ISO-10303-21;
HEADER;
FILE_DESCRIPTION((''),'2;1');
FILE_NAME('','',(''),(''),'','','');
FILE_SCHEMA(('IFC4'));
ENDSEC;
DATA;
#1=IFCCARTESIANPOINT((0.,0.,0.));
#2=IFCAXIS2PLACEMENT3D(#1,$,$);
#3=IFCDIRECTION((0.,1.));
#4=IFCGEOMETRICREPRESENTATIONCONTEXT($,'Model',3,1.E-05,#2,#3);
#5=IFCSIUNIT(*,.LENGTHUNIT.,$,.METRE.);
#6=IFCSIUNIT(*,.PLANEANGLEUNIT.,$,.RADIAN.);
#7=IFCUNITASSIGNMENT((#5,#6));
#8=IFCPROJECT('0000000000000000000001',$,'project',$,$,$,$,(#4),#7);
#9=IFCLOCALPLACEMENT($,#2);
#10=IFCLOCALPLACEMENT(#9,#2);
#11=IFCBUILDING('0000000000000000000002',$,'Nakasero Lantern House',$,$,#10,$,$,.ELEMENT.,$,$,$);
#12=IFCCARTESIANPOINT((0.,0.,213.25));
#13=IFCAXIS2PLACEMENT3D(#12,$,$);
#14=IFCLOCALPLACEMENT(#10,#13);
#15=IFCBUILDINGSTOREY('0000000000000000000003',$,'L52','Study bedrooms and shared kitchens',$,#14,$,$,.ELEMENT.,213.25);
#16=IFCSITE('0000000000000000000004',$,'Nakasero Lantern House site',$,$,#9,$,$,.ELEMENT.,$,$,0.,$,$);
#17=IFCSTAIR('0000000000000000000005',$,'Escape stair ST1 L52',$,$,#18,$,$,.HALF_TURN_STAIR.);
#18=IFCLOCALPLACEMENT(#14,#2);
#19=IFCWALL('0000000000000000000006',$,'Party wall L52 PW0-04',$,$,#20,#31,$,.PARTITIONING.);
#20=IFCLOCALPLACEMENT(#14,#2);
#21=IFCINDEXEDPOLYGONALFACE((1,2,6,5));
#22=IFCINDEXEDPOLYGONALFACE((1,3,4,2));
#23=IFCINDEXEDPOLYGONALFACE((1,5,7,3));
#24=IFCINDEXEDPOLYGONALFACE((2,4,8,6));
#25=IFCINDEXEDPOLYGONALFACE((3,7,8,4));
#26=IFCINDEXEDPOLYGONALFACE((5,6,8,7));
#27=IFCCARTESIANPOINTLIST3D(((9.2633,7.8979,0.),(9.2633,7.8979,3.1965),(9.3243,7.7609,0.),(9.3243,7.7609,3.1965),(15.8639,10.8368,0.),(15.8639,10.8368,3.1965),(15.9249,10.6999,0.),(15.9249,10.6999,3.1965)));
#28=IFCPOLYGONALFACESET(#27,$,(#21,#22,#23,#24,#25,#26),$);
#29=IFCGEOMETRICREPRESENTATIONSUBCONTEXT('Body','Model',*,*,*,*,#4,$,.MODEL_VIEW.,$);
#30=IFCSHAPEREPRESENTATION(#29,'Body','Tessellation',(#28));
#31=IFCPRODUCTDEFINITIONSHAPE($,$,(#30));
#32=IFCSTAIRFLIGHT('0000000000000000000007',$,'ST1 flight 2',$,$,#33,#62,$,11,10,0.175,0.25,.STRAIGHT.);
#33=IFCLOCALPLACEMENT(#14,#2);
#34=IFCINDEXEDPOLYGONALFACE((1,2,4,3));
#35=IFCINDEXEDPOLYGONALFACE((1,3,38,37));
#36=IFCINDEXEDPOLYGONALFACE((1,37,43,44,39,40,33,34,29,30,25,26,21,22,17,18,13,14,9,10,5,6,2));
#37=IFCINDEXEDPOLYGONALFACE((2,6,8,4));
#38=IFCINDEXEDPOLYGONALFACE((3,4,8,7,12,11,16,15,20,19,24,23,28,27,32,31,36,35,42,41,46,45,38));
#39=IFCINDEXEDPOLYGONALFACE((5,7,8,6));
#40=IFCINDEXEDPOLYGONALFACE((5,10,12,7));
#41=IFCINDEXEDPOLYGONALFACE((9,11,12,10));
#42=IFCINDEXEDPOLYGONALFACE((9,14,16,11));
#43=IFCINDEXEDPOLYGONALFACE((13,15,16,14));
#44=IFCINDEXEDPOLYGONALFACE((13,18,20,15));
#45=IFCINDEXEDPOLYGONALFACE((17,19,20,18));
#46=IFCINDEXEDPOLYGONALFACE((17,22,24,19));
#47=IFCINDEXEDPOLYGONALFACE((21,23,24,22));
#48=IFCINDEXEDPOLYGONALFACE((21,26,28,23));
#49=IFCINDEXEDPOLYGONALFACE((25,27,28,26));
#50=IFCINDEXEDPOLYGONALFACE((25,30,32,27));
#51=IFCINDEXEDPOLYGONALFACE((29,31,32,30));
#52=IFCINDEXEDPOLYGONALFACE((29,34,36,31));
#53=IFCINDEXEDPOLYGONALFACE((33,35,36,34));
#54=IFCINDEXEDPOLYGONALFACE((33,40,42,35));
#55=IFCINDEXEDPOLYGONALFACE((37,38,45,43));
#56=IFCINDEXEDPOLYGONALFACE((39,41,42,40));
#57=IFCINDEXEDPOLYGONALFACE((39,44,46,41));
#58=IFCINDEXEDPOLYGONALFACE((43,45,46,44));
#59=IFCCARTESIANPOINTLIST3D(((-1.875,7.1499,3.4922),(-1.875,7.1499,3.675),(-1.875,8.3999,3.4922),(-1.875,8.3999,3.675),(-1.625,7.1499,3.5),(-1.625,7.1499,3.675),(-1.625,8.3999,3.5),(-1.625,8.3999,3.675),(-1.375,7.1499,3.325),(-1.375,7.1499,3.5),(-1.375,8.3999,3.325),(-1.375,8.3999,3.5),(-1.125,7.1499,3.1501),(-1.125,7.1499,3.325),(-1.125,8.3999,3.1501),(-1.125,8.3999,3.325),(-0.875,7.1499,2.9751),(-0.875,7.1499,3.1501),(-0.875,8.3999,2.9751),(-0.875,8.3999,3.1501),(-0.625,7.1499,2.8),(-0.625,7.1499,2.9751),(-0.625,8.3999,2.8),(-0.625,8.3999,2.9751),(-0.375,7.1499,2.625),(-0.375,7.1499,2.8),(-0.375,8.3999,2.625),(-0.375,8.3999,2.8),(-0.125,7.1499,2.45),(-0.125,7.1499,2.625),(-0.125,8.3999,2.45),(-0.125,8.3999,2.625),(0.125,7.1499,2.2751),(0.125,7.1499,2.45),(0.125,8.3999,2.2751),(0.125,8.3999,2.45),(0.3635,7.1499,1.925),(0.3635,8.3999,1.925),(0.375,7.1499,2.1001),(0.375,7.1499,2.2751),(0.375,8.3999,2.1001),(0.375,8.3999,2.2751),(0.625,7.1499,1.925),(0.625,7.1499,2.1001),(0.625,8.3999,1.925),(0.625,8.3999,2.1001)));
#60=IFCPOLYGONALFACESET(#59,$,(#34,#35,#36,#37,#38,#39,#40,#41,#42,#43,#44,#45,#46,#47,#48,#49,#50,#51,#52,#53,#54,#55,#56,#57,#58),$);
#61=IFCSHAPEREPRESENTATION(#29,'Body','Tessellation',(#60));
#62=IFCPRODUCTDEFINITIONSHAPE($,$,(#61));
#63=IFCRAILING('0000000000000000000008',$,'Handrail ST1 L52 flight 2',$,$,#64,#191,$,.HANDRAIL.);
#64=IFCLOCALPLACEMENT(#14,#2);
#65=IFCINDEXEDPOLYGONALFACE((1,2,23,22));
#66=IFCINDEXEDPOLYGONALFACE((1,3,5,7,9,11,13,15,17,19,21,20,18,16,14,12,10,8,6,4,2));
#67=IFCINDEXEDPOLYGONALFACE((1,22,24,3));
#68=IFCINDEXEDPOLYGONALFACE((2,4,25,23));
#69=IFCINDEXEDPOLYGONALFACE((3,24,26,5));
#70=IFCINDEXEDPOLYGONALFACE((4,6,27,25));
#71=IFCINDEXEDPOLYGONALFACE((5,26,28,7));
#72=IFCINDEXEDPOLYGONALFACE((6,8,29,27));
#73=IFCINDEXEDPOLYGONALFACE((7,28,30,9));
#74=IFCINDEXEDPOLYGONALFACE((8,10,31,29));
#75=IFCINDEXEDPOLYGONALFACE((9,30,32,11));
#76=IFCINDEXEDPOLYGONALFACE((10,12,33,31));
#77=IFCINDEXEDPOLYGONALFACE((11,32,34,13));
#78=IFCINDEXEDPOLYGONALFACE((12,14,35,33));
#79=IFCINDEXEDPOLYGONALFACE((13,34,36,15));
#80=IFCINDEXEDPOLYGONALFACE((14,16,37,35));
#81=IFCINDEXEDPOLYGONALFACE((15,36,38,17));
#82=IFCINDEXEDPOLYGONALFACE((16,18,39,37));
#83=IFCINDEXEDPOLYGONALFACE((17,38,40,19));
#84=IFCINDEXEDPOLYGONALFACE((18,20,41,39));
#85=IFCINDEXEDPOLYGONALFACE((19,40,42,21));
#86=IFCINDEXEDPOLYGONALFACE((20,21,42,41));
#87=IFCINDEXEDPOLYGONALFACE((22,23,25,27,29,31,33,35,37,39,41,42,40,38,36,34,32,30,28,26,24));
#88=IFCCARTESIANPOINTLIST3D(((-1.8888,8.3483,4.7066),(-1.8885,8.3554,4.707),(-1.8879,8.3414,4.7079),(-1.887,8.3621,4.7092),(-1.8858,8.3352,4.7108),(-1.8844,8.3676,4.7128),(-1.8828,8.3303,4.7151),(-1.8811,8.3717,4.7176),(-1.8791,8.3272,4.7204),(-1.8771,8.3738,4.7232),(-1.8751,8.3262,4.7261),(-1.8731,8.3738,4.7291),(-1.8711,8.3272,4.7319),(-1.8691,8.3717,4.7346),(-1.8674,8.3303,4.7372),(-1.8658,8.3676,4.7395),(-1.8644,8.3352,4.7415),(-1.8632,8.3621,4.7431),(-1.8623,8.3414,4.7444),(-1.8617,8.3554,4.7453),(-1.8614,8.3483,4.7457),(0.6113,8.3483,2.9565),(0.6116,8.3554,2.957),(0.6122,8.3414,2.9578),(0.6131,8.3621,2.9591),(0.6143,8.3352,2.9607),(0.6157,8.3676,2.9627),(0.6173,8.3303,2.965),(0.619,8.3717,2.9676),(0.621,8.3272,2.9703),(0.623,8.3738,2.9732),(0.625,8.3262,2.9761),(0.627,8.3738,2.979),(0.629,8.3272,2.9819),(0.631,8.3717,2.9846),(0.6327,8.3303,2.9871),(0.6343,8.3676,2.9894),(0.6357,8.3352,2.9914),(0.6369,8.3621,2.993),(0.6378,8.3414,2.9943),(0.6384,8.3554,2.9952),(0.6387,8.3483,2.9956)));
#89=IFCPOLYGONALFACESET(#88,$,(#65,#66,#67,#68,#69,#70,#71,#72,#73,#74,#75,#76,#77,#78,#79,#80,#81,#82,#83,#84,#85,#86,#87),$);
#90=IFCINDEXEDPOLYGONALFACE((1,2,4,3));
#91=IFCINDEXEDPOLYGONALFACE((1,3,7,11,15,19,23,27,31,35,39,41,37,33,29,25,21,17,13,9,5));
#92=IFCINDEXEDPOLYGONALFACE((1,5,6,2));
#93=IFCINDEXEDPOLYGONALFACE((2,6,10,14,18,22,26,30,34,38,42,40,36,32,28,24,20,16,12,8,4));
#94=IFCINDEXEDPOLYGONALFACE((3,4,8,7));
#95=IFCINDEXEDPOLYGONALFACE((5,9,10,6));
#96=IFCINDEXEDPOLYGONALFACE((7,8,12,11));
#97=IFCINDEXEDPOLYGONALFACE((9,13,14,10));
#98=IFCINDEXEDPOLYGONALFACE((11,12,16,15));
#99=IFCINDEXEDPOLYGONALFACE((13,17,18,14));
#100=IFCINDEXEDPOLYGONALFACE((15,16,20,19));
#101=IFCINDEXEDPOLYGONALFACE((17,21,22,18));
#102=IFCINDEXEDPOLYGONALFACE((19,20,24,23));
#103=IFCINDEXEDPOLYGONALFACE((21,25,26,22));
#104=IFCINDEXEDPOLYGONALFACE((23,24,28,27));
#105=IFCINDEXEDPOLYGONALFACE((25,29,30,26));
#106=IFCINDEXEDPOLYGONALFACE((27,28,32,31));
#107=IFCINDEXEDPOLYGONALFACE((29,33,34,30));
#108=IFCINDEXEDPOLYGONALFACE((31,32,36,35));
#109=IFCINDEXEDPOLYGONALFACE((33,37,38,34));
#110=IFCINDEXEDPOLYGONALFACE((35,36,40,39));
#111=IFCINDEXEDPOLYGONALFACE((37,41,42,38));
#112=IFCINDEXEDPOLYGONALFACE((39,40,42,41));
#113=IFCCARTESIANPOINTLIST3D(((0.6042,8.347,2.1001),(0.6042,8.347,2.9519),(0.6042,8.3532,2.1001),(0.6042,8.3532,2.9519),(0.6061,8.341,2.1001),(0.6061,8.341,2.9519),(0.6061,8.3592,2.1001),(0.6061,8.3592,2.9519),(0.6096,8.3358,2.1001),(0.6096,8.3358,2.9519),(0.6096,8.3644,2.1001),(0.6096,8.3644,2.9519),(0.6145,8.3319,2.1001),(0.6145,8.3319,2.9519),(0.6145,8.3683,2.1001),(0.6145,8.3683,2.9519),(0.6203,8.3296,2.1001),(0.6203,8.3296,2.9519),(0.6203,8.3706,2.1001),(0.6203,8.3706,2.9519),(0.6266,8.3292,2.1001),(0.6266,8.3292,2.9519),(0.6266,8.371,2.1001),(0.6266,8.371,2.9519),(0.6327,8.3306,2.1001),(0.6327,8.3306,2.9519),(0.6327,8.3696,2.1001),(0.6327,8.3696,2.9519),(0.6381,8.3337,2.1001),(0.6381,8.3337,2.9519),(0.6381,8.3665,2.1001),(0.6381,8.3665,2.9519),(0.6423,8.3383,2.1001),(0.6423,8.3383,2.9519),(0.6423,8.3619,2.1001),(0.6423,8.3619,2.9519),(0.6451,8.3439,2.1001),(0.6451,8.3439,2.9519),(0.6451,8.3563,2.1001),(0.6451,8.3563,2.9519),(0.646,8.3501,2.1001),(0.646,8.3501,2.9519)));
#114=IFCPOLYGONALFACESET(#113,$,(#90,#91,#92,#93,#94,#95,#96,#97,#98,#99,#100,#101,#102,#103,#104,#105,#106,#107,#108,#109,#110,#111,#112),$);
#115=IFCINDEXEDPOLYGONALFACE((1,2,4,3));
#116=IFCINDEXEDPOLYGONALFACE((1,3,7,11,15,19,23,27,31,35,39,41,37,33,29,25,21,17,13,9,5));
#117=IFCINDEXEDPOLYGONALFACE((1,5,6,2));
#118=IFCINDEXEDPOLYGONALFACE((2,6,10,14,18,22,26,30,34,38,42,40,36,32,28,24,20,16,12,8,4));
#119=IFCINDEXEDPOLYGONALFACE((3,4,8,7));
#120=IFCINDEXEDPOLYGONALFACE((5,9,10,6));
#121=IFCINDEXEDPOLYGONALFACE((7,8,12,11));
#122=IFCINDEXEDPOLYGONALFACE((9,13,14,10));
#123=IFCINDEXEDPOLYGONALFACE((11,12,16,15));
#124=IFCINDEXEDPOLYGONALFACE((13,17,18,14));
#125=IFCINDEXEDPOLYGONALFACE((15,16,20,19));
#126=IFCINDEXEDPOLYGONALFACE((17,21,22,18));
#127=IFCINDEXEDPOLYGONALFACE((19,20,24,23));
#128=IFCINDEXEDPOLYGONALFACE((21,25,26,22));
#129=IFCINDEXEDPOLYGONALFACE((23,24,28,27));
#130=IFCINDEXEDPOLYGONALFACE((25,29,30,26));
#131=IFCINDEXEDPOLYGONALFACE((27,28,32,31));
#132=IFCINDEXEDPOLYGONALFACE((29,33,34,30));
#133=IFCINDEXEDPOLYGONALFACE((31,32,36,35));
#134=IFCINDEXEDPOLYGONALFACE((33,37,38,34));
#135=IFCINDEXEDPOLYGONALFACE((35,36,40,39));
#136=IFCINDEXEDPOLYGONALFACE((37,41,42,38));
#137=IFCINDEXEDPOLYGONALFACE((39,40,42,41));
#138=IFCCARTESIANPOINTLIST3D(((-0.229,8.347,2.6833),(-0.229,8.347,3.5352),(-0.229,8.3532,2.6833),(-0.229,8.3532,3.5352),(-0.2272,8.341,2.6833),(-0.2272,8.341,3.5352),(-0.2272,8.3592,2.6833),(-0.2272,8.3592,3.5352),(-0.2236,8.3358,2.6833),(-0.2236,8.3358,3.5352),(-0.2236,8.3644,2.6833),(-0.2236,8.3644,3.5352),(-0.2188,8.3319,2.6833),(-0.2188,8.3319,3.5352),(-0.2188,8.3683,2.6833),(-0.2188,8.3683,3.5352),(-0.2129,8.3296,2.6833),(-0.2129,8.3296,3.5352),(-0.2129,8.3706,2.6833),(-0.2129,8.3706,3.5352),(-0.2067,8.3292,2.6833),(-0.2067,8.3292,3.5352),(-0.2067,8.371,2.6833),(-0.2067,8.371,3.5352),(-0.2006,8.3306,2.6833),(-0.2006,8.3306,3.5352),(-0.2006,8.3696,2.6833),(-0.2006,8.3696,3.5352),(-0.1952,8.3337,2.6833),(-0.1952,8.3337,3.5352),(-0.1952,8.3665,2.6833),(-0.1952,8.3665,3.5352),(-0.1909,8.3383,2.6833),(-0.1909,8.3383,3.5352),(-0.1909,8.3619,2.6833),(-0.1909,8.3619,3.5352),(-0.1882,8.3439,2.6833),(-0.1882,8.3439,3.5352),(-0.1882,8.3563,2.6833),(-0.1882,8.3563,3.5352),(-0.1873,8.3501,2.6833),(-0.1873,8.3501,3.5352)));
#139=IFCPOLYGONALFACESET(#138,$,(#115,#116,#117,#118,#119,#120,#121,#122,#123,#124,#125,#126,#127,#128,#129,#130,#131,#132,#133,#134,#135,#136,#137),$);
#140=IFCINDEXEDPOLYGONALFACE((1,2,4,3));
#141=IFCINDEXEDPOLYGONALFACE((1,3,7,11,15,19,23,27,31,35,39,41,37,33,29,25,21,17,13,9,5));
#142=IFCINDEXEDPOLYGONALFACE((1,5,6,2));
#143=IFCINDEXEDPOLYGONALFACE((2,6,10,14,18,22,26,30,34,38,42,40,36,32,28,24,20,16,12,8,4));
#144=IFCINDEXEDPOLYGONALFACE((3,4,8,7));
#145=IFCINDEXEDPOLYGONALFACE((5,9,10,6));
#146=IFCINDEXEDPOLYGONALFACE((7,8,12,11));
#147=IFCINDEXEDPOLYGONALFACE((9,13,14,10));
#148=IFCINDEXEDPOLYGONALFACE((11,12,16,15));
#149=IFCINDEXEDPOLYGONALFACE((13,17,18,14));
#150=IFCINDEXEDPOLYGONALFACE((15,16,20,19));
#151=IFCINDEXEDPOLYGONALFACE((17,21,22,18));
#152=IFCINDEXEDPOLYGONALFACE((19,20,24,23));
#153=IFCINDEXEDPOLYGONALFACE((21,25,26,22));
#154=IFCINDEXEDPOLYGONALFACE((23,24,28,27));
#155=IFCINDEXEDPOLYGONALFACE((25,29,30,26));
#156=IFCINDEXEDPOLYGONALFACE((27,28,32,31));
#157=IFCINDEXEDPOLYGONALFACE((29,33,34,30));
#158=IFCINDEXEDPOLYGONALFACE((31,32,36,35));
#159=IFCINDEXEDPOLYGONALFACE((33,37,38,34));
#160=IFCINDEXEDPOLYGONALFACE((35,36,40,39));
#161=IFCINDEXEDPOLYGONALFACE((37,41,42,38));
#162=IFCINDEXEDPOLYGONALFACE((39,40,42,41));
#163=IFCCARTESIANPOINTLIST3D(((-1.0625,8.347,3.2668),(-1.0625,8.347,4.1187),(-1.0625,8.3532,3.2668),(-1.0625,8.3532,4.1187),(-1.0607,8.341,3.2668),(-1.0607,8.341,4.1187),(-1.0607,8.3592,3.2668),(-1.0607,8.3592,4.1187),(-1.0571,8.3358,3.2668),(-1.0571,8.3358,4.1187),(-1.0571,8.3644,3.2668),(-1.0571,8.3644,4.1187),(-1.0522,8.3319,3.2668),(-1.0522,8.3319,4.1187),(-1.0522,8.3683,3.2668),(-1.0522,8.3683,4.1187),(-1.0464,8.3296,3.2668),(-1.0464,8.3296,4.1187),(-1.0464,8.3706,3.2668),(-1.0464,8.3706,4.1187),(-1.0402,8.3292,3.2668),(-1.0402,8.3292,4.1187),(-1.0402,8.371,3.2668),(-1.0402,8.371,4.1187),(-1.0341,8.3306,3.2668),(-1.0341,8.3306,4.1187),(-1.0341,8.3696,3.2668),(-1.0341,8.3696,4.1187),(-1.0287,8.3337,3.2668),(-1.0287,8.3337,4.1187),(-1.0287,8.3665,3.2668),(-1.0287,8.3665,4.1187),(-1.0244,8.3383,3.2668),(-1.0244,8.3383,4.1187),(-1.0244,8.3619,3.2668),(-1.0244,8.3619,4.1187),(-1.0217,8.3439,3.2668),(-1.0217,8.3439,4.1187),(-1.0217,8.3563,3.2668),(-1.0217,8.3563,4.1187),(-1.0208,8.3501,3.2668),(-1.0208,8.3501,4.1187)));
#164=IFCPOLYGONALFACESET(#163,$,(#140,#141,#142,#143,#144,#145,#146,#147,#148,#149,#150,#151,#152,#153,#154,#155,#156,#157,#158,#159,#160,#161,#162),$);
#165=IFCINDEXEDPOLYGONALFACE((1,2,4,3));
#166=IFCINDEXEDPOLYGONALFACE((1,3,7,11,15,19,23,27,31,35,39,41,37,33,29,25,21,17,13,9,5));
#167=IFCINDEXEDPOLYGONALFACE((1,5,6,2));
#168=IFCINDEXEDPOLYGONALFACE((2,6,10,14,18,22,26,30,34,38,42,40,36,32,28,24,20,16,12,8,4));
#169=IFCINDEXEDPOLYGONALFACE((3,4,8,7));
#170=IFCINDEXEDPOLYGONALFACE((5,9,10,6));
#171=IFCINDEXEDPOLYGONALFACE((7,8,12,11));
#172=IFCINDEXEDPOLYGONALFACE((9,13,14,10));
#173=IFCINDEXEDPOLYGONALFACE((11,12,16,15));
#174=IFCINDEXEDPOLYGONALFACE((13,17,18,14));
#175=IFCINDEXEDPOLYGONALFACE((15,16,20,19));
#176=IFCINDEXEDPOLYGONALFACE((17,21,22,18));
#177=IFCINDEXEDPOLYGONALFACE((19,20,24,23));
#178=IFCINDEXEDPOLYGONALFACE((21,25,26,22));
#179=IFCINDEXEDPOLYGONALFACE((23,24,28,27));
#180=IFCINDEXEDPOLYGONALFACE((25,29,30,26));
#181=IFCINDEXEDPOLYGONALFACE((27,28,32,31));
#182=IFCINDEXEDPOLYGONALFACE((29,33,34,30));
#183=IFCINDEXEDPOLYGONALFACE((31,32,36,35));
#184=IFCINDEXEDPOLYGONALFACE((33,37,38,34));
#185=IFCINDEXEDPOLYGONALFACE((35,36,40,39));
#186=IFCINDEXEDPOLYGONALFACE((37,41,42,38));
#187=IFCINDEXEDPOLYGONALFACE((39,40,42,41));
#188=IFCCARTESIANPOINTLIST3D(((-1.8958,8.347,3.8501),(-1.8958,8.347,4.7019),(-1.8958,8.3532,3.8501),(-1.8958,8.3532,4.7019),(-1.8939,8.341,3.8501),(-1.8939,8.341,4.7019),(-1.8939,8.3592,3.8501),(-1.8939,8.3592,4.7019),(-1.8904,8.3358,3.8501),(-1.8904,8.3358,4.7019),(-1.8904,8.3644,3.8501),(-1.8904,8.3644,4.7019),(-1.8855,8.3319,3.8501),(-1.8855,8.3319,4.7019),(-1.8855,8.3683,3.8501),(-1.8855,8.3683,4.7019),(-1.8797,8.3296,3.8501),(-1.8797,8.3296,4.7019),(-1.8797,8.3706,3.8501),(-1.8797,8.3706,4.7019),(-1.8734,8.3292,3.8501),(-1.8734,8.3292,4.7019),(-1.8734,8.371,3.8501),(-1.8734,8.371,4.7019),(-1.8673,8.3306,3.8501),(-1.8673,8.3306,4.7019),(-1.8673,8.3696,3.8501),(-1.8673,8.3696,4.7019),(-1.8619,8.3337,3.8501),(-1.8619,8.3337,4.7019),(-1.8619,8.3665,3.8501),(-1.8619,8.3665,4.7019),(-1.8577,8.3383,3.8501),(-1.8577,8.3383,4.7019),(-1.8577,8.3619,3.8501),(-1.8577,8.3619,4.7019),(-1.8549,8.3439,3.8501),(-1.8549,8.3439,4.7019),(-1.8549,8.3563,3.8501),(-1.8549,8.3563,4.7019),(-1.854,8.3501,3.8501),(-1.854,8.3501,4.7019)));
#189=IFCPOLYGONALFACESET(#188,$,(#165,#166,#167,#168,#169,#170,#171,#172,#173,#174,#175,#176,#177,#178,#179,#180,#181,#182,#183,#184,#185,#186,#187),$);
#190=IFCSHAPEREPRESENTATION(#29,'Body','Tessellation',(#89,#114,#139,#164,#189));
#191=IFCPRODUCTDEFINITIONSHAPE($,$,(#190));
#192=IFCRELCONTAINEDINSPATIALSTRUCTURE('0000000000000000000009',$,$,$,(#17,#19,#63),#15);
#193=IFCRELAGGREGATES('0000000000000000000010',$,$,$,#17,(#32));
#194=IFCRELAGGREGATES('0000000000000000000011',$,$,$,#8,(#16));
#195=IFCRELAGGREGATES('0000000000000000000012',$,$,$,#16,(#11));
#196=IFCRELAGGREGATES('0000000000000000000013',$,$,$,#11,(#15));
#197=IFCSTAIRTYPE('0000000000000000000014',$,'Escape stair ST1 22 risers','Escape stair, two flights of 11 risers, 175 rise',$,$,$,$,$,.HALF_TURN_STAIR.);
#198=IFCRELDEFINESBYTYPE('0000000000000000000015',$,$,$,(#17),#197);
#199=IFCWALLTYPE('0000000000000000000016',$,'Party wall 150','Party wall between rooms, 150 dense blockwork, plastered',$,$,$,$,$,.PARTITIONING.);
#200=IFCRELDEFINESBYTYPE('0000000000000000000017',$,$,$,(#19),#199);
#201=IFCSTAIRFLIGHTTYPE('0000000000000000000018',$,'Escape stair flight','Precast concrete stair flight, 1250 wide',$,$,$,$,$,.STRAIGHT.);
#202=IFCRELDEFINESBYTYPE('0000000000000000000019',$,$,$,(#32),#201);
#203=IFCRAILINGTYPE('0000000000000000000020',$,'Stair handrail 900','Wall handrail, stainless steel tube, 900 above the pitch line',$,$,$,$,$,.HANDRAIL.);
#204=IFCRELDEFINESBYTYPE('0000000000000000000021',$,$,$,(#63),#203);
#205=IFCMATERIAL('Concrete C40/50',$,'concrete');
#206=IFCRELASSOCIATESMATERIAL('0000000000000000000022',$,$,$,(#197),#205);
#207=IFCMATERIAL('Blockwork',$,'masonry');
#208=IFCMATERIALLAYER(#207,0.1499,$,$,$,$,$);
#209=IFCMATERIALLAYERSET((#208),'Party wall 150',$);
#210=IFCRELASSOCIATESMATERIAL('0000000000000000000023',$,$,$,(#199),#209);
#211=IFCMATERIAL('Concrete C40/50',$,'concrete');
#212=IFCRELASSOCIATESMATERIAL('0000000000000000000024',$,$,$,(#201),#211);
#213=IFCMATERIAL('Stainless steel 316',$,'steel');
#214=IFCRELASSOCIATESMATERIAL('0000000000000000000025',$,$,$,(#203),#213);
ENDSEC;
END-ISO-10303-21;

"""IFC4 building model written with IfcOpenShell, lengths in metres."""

from ifc_helpers import new_model, si_unit, direction, frame, frame_2d, origin, origin_2d, place, context, subcontext, project, spatial, polyline, rectangle, circle, outline, extrude, material, layer, layer_set, type_object, element, aggregate, save


model = new_model("IFC4")

# Units and contexts
model_context = context("Model", 3, precision=1e-05, world=origin(), true_north=direction((0.0, 1.0)))
body_context = subcontext(model_context, "Body", "Model", "MODEL_VIEW")
ifc_project = project(units=[si_unit("LENGTHUNIT", "METRE"), si_unit("PLANEANGLEUNIT", "RADIAN")], contexts=[model_context])

# Site, building, storey
site_placement = place(None, origin())
site = spatial("IfcSite", under=ifc_project, at=site_placement, Name="Nakasero Lantern House site", CompositionType="ELEMENT", RefElevation=0.0)
building_placement = place(site_placement, origin())
building = spatial("IfcBuilding", under=site, at=building_placement, Name="Nakasero Lantern House", CompositionType="ELEMENT")
storey_placement = place(building_placement, frame((0.0, 0.0, 213.25)))
storey = spatial("IfcBuildingStorey", under=building, at=storey_placement, Name="L52", Description="Study bedrooms and shared kitchens", CompositionType="ELEMENT", Elevation=213.25)

# Stair
ifc_material_1 = material(Name="Concrete C40/50", Category="concrete")
stair_type_1 = type_object("IfcStairType", Name="Escape stair ST1 22 risers", Description="Escape stair, two flights of 11 risers, 175 rise", PredefinedType="HALF_TURN_STAIR", material=ifc_material_1)
stair_1_placement = place(storey_placement, origin())
stair_1 = element("IfcStair", 1, at=stair_1_placement, inside=storey, type_object=stair_type_1, Name="Escape stair ST1 L52", PredefinedType="HALF_TURN_STAIR")

# Wall
ifc_material_2 = material(Name="Blockwork", Category="masonry")
ifc_layer_1 = layer(ifc_material_2, 0.1499)
ifc_layer_set_1 = layer_set([ifc_layer_1], Name="Party wall 150")
wall_type_1 = type_object("IfcWallType", Name="Party wall 150", Description="Party wall between rooms, 150 dense blockwork, plastered", PredefinedType="PARTITIONING", material=ifc_layer_set_1)
wall_1_placement = place(storey_placement, frame((9.2937, 7.8293, 0.0), z_axis=(0.0, 0.0, 1.0), x_axis=(0.913535, 0.406759, 0.0)))
element("IfcWall", 2, at=wall_1_placement, inside=storey, type_object=wall_type_1, Name="Party wall L52 PW0-04", PredefinedType="PARTITIONING", context=body_context, shape_type="SweptSolid", body=[
    extrude(rectangle(XDim=7.2253, YDim=0.1499, at=frame_2d((3.6128, 0.0))), origin(), (0.0, 0.0, 1.0), 3.1965),
])

# Stair flight
ifc_material_3 = material(Name="Concrete C40/50", Category="concrete")
stair_flight_type = type_object("IfcStairFlightType", Name="Escape stair flight", Description="Precast concrete stair flight, 1250 wide", PredefinedType="STRAIGHT", material=ifc_material_3)
stair_flight_placement = place(storey_placement, frame((0.625, 7.7749, 1.925), z_axis=(0.0, 0.0, 1.0), x_axis=(-1.0, 0.0, 0.0)))
stair_flight = element("IfcStairFlight", 3, at=stair_flight_placement, type_object=stair_flight_type, Name="ST1 flight 2", NumberOfRisers=11, NumberOfTreads=10, PredefinedType="STRAIGHT", RiserHeight=0.175, TreadLength=0.25, context=body_context, shape_type="SweptSolid", body=[
    extrude(outline(polyline([(0.0, 0.0), (0.0, 0.175), (0.25, 0.175), (0.25, 0.3501), (0.5, 0.3501), (0.5, 0.5249), (0.75, 0.5249), (0.75, 0.7), (1.0, 0.7), (1.0, 0.875), (1.25, 0.875), (1.25, 1.05), (1.5, 1.05), (1.5, 1.2251), (1.75, 1.2251), (1.75, 1.3999), (2.0, 1.3999), (2.0, 1.575), (2.25, 1.575), (2.25, 1.75), (2.5, 1.75), (2.5, 1.925), (2.5, 1.5671), (0.2615, 0.0), (0.0, 0.0)])), frame((0.0, 0.625, 0.0), z_axis=(0.0, -1.0, 0.0), x_axis=(1.0, 0.0, 0.0)), (0.0, 0.0, 1.0), 1.25),
])
aggregate(stair_1, [stair_flight])

# Railing
ifc_material_4 = material(Name="Stainless steel 316", Category="steel")
railing_type = type_object("IfcRailingType", Name="Stair handrail 900", Description="Wall handrail, stainless steel tube, 900 above the pitch line", PredefinedType="HANDRAIL", material=ifc_material_4)
railing_placement = place(storey_placement, frame((0.625, 8.3501, 2.1001)))
element("IfcRailing", 4, at=railing_placement, inside=storey, type_object=railing_type, Name="Handrail ST1 L52 flight 2", PredefinedType="HANDRAIL", context=body_context, shape_type="SweptSolid", body=[
    extrude(circle(Radius=0.0239, at=origin_2d()), frame((0.0, 0.0, 0.876), z_axis=(-0.819232, 0.0, 0.573462), x_axis=(0.0, -1.0, 0.0)), (0.0, 0.0, 1.0), 3.0518),
    extrude(circle(Radius=0.021, at=origin_2d()), origin(), (0.0, 0.0, 1.0), 0.8518),
    extrude(circle(Radius=0.021, at=origin_2d()), frame((-0.8333, 0.0, 0.5833)), (0.0, 0.0, 1.0), 0.8518),
    extrude(circle(Radius=0.021, at=origin_2d()), frame((-1.6667, 0.0, 1.1667)), (0.0, 0.0, 1.0), 0.8518),
    extrude(circle(Radius=0.021, at=origin_2d()), frame((-2.5, 0.0, 1.75)), (0.0, 0.0, 1.0), 0.8518),
])

save(model, "model.ifc")
